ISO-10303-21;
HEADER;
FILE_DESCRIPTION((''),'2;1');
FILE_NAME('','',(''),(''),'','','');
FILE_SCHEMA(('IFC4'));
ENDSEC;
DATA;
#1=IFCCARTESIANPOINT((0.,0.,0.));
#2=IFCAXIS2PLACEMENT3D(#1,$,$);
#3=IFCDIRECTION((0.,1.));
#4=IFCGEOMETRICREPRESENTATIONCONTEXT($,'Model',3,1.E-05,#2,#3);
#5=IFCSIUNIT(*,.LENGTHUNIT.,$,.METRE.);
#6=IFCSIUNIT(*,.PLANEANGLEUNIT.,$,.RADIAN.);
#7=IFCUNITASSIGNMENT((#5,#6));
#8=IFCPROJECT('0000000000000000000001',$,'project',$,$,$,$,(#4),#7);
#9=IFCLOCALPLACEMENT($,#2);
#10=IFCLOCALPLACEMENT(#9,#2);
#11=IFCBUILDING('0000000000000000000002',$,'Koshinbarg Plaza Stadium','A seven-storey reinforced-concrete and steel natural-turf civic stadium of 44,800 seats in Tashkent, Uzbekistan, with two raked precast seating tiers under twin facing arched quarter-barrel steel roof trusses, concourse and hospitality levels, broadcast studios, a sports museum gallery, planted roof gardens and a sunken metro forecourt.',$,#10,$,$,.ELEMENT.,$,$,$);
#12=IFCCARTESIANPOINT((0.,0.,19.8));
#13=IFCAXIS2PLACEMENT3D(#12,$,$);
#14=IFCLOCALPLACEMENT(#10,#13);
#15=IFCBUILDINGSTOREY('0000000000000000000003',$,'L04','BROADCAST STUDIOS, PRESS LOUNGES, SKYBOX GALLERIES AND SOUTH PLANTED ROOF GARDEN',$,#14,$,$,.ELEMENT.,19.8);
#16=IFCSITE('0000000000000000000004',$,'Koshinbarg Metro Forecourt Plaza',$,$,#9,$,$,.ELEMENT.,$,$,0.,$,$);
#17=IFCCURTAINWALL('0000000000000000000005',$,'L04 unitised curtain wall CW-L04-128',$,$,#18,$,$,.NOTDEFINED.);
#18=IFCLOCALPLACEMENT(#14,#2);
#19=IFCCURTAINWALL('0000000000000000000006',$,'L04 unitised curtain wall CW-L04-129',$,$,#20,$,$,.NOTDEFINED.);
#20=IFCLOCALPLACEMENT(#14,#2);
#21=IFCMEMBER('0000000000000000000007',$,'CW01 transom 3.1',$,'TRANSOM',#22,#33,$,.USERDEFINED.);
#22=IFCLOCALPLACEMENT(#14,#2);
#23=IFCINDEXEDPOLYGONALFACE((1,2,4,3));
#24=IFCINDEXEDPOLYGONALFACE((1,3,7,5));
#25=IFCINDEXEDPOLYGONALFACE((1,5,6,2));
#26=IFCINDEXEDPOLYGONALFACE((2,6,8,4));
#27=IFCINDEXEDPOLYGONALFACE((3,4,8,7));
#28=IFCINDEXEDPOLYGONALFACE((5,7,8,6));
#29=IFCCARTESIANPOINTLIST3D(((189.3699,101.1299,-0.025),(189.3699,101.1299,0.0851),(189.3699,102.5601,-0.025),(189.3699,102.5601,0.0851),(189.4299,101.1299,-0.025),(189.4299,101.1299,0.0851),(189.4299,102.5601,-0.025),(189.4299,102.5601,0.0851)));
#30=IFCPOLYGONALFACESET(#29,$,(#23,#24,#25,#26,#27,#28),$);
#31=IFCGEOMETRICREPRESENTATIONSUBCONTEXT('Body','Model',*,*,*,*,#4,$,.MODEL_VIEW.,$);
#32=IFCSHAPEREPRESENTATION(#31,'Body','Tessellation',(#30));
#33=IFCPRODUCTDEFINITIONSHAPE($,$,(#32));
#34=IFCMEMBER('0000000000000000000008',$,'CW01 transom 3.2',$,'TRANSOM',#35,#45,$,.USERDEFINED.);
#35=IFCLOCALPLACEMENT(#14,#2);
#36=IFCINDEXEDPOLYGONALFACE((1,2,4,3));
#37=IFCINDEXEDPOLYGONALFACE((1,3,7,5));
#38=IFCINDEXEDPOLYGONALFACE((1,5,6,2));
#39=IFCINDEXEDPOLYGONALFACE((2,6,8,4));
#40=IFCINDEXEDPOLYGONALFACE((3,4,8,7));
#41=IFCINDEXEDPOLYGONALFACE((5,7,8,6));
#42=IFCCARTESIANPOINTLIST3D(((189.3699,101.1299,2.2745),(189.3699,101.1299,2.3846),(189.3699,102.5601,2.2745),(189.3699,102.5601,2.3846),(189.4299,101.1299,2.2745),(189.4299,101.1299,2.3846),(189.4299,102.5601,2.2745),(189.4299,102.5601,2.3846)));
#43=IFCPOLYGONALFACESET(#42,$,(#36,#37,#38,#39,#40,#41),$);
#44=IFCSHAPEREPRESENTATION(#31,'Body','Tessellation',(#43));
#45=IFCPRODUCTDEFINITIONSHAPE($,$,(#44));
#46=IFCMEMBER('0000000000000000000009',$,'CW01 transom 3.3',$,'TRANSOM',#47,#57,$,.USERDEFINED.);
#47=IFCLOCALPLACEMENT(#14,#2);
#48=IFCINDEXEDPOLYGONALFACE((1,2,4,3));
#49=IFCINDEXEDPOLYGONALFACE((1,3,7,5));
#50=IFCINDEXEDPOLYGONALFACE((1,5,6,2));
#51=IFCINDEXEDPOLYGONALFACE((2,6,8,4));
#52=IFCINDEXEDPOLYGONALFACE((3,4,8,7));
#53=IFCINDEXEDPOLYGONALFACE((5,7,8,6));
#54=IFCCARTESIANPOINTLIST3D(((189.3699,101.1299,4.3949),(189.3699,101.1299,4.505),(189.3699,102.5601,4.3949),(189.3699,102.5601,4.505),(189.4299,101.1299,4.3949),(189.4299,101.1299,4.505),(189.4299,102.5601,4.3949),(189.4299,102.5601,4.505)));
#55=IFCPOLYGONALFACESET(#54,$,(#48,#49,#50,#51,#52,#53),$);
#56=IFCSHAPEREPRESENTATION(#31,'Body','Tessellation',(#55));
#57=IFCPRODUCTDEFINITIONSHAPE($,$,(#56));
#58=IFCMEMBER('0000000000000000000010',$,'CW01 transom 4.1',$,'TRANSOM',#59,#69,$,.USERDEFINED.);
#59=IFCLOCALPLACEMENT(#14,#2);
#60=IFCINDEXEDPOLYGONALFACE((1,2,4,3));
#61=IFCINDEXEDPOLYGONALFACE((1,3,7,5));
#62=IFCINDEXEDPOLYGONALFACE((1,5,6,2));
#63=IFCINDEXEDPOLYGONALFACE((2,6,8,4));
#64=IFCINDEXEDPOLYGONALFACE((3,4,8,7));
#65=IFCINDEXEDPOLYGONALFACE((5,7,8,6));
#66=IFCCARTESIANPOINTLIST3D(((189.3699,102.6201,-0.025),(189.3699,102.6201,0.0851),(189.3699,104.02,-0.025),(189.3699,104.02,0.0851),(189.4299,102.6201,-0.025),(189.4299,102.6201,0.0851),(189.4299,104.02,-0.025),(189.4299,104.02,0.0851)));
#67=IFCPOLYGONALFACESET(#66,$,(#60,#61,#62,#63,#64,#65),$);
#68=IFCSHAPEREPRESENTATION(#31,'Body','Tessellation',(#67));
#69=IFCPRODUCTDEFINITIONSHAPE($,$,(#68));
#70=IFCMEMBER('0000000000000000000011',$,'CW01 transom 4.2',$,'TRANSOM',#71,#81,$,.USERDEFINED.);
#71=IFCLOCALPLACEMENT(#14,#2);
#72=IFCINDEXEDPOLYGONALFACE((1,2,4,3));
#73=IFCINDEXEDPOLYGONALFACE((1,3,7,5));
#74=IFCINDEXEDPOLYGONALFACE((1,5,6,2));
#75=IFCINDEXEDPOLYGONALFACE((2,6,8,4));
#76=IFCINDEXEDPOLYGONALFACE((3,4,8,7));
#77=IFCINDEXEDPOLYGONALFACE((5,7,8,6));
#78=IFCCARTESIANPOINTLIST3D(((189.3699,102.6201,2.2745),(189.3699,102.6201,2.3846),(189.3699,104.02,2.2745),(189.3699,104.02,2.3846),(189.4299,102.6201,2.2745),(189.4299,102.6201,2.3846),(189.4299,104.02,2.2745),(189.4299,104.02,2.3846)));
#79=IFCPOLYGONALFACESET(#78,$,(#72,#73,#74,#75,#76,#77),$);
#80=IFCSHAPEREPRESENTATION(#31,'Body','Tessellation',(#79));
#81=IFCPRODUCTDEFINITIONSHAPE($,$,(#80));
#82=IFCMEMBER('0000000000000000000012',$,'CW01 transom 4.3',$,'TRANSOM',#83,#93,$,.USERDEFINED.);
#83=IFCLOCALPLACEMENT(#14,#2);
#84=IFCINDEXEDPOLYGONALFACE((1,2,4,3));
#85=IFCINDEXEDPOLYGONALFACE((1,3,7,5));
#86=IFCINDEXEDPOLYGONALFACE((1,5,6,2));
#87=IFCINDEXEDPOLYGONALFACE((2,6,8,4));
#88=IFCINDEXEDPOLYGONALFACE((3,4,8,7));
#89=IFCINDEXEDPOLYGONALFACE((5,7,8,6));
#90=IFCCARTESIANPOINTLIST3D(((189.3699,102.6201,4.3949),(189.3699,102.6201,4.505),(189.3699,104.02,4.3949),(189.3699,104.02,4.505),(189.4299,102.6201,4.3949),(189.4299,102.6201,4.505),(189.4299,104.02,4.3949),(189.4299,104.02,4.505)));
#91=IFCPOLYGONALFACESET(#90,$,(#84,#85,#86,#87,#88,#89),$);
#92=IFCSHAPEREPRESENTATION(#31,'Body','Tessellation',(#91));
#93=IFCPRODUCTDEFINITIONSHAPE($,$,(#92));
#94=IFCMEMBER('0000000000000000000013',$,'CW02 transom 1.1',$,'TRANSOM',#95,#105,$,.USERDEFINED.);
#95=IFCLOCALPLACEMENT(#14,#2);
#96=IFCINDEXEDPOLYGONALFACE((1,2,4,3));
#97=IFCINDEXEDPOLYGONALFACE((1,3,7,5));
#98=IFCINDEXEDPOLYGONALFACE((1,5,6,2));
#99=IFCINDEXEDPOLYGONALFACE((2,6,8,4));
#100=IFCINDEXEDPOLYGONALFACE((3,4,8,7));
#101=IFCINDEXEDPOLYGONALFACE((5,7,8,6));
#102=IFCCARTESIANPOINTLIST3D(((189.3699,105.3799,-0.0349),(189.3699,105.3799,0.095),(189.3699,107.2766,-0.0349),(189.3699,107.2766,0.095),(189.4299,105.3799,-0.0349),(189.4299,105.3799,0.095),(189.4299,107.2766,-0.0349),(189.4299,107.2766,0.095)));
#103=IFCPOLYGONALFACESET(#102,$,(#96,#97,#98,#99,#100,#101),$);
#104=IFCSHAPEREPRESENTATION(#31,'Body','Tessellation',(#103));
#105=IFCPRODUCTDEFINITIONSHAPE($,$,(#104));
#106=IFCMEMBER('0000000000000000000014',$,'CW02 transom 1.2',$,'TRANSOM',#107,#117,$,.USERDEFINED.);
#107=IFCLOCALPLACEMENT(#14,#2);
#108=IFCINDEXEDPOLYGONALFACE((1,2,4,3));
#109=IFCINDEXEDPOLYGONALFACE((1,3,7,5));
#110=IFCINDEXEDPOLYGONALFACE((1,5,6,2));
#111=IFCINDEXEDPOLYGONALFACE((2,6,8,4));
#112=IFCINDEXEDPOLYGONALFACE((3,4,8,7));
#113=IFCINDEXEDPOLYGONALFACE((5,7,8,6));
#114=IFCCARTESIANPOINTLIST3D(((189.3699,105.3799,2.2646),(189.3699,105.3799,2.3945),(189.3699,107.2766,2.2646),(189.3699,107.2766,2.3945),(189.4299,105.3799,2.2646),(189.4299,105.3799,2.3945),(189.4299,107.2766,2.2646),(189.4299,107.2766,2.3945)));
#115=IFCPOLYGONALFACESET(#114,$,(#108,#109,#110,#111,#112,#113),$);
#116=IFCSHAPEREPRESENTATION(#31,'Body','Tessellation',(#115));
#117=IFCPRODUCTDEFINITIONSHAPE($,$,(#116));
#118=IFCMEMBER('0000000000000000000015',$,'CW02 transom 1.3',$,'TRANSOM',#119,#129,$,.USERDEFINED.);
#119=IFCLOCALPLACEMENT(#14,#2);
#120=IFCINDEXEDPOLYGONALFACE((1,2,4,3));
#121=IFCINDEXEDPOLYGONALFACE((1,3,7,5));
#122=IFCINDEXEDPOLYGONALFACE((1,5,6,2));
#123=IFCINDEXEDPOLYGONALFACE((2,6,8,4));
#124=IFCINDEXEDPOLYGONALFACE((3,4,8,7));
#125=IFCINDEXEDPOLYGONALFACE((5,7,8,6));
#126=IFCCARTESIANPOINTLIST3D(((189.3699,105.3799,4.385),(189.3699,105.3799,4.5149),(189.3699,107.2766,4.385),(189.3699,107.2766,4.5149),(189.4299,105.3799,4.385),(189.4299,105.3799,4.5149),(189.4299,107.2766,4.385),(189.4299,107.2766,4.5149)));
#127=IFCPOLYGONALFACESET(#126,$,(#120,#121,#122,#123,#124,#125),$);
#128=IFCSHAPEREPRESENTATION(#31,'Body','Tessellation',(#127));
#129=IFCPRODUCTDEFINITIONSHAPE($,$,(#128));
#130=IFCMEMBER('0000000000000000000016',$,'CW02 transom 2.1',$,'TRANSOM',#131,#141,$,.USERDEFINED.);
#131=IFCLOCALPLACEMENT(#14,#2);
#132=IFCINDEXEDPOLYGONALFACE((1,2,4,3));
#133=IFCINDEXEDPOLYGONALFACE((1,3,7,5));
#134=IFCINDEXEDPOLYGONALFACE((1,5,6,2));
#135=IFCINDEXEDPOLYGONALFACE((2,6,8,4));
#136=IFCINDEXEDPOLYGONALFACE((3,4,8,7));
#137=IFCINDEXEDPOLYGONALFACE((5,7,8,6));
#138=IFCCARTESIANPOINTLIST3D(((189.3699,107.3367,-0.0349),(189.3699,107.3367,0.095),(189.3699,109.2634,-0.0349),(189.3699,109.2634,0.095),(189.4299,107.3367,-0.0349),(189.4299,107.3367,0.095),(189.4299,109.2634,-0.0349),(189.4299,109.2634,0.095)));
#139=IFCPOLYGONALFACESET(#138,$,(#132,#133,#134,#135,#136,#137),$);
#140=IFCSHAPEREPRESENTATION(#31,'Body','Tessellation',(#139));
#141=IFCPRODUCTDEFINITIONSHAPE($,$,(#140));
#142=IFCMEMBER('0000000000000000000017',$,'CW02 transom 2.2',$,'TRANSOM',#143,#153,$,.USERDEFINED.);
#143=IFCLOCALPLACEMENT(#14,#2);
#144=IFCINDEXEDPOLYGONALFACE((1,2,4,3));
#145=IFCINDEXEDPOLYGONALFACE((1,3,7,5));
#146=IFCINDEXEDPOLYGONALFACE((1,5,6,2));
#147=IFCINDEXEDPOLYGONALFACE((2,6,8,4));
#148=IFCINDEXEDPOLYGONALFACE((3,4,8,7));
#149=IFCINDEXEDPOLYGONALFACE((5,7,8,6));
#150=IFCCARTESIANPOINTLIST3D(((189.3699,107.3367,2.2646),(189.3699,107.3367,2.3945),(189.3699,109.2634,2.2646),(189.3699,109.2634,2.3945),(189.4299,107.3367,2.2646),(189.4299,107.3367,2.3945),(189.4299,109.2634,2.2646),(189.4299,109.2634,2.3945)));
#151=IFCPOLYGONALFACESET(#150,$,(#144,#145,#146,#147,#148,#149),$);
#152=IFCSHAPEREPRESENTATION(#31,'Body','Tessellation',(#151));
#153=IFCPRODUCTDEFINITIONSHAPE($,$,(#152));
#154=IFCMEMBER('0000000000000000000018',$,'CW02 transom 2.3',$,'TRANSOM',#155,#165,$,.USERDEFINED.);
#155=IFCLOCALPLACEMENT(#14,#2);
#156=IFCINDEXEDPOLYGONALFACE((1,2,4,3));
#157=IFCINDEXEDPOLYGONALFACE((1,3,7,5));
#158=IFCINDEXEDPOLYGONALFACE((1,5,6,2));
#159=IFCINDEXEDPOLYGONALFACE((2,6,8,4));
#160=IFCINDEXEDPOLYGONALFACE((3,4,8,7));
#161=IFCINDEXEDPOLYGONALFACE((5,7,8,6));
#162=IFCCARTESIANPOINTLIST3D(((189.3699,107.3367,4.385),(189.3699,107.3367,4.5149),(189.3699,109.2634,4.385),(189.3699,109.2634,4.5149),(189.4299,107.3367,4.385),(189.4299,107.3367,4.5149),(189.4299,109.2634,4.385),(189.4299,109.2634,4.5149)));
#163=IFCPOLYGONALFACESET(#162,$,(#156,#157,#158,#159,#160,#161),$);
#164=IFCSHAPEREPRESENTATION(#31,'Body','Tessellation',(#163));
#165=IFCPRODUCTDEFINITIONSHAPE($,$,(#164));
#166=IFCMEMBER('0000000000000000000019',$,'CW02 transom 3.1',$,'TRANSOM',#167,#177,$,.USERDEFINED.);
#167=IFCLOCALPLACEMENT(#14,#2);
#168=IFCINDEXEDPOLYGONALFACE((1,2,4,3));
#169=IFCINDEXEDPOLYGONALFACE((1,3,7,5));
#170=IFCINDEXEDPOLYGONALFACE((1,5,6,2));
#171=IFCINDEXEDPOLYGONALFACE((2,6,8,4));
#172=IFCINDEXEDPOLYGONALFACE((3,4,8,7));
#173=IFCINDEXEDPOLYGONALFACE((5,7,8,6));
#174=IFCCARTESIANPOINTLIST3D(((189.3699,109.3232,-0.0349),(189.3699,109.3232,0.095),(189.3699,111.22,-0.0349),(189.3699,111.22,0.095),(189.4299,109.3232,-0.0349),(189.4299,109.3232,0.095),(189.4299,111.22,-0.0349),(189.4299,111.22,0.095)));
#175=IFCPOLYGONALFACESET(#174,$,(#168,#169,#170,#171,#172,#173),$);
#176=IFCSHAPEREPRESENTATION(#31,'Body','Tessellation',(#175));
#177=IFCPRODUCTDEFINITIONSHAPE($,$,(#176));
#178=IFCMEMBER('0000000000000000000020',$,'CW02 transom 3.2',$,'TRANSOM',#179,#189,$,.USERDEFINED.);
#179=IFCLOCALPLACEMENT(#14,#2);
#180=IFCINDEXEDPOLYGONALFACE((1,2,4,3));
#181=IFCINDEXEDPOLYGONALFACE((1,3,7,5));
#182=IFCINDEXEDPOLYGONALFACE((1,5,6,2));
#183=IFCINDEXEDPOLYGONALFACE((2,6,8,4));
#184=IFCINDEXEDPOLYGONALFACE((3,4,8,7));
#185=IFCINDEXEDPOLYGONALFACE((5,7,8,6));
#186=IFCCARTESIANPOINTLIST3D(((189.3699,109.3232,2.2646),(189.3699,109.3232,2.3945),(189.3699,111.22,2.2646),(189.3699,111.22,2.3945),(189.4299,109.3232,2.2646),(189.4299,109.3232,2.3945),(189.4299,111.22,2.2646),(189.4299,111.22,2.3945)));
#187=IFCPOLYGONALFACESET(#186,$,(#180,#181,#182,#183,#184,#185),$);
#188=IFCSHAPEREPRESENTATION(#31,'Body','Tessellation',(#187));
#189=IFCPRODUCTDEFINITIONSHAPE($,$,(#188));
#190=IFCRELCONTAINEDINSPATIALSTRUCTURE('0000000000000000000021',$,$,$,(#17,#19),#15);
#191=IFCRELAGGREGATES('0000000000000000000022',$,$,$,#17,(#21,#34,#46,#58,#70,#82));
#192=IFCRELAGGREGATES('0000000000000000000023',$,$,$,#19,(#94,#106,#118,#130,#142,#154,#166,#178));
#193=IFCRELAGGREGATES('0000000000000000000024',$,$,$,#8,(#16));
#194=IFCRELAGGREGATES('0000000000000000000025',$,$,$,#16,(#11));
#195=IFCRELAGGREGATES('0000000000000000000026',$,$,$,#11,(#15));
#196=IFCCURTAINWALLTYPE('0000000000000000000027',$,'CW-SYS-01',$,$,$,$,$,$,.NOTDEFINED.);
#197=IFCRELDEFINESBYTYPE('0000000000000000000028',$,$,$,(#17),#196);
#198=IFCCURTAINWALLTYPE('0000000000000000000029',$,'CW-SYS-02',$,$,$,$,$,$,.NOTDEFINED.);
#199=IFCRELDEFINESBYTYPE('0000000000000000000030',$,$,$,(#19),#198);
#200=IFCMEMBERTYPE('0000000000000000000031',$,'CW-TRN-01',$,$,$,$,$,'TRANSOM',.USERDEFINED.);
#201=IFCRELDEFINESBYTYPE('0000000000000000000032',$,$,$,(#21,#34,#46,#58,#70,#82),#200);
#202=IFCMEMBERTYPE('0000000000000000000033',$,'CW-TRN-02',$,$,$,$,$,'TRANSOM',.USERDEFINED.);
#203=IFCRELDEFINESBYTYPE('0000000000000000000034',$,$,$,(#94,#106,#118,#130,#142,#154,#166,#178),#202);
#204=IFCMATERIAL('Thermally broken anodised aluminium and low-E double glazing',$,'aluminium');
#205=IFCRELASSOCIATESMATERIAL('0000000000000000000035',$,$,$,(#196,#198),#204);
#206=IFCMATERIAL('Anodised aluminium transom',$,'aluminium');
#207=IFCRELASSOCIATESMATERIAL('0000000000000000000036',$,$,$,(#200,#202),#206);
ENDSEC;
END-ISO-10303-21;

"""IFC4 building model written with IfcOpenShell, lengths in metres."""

from ifc_helpers import new_model, si_unit, direction, frame, origin, origin_2d, place, context, subcontext, project, spatial, rectangle, extrude, material, material_profile, profile_set, type_object, element, aggregate, save


model = new_model("IFC4")

# Units and contexts
model_context = context("Model", 3, precision=1e-05, world=origin(), true_north=direction((0.0, 1.0)))
body_context = subcontext(model_context, "Body", "Model", "MODEL_VIEW")
ifc_project = project(units=[si_unit("LENGTHUNIT", "METRE"), si_unit("PLANEANGLEUNIT", "RADIAN")], contexts=[model_context])

# Site, building, storey
site_placement = place(None, origin())
site = spatial("IfcSite", under=ifc_project, at=site_placement, Name="Koshinbarg Metro Forecourt Plaza", CompositionType="ELEMENT", RefElevation=0.0)
building_placement = place(site_placement, origin())
building = spatial("IfcBuilding", under=site, at=building_placement, Name="Koshinbarg Plaza Stadium", Description="A seven-storey reinforced-concrete and steel natural-turf civic stadium of 44,800 seats in Tashkent, Uzbekistan, with two raked precast seating tiers under twin facing arched quarter-barrel steel roof trusses, concourse and hospitality levels, broadcast studios, a sports museum gallery, planted roof gardens and a sunken metro forecourt.", CompositionType="ELEMENT")
storey_placement = place(building_placement, frame((0.0, 0.0, 19.8)))
storey = spatial("IfcBuildingStorey", under=building, at=storey_placement, Name="L04", Description="BROADCAST STUDIOS, PRESS LOUNGES, SKYBOX GALLERIES AND SOUTH PLANTED ROOF GARDEN", CompositionType="ELEMENT", Elevation=19.8)

# Curtain walls
ifc_material_1 = material(Name="Thermally broken anodised aluminium and low-E double glazing", Category="aluminium")
curtain_wall_type_1 = type_object("IfcCurtainWallType", Name="CW-SYS-01", PredefinedType="NOTDEFINED", material=ifc_material_1)
curtain_wall_1_placement = place(storey_placement, origin())
curtain_wall_1 = element("IfcCurtainWall", 1, at=curtain_wall_1_placement, inside=storey, type_object=curtain_wall_type_1, Name="L04 unitised curtain wall CW-L04-128", PredefinedType="NOTDEFINED")
curtain_wall_type_2 = type_object("IfcCurtainWallType", Name="CW-SYS-02", PredefinedType="NOTDEFINED", material=ifc_material_1)
curtain_wall_2_placement = place(storey_placement, origin())
curtain_wall_2 = element("IfcCurtainWall", 2, at=curtain_wall_2_placement, inside=storey, type_object=curtain_wall_type_2, Name="L04 unitised curtain wall CW-L04-129", PredefinedType="NOTDEFINED")

# Members
ifc_material_2 = material(Name="Anodised aluminium transom", Category="aluminium")
ifc_material_profile_1 = material_profile(ifc_material_2, rectangle(XDim=0.0601, YDim=0.1101, at=origin_2d()), Name="ALU 60x110")
ifc_profile_set_1 = profile_set([ifc_material_profile_1], Name="Anodised aluminium transom")
member_type_1 = type_object("IfcMemberType", Name="CW-TRN-01", ElementType="TRANSOM", PredefinedType="USERDEFINED", material=ifc_profile_set_1)
member_1_placement = place(storey_placement, frame((189.3999, 101.1299, 0.03), z_axis=(0.0, 1.0, 0.0), x_axis=(-1.0, 0.0, 0.0)))
member_1 = element("IfcMember", 3, at=member_1_placement, type_object=member_type_1, Name="CW01 transom 3.1", ObjectType="TRANSOM", PredefinedType="USERDEFINED", context=body_context, shape_type="SweptSolid", body=[
    extrude(rectangle(XDim=0.0601, YDim=0.1101, at=origin_2d()), origin(), (0.0, 0.0, 1.0), 1.4302),
])
member_2_placement = place(storey_placement, frame((189.3999, 101.1299, 2.3296), z_axis=(0.0, 1.0, 0.0), x_axis=(-1.0, 0.0, 0.0)))
member_2 = element("IfcMember", 4, at=member_2_placement, type_object=member_type_1, Name="CW01 transom 3.2", ObjectType="TRANSOM", PredefinedType="USERDEFINED", context=body_context, shape_type="SweptSolid", body=[
    extrude(rectangle(XDim=0.0601, YDim=0.1101, at=origin_2d()), origin(), (0.0, 0.0, 1.0), 1.4302),
])
member_3_placement = place(storey_placement, frame((189.3999, 101.1299, 4.45), z_axis=(0.0, 1.0, 0.0), x_axis=(-1.0, 0.0, 0.0)))
member_3 = element("IfcMember", 5, at=member_3_placement, type_object=member_type_1, Name="CW01 transom 3.3", ObjectType="TRANSOM", PredefinedType="USERDEFINED", context=body_context, shape_type="SweptSolid", body=[
    extrude(rectangle(XDim=0.0601, YDim=0.1101, at=origin_2d()), origin(), (0.0, 0.0, 1.0), 1.4302),
])
member_4_placement = place(storey_placement, frame((189.3999, 102.6201, 0.03), z_axis=(0.0, 1.0, 0.0), x_axis=(-1.0, 0.0, 0.0)))
member_4 = element("IfcMember", 6, at=member_4_placement, type_object=member_type_1, Name="CW01 transom 4.1", ObjectType="TRANSOM", PredefinedType="USERDEFINED", context=body_context, shape_type="SweptSolid", body=[
    extrude(rectangle(XDim=0.0601, YDim=0.1101, at=origin_2d()), origin(), (0.0, 0.0, 1.0), 1.3999),
])
member_5_placement = place(storey_placement, frame((189.3999, 102.6201, 2.3296), z_axis=(0.0, 1.0, 0.0), x_axis=(-1.0, 0.0, 0.0)))
member_5 = element("IfcMember", 7, at=member_5_placement, type_object=member_type_1, Name="CW01 transom 4.2", ObjectType="TRANSOM", PredefinedType="USERDEFINED", context=body_context, shape_type="SweptSolid", body=[
    extrude(rectangle(XDim=0.0601, YDim=0.1101, at=origin_2d()), origin(), (0.0, 0.0, 1.0), 1.3999),
])
member_6_placement = place(storey_placement, frame((189.3999, 102.6201, 4.45), z_axis=(0.0, 1.0, 0.0), x_axis=(-1.0, 0.0, 0.0)))
member_6 = element("IfcMember", 8, at=member_6_placement, type_object=member_type_1, Name="CW01 transom 4.3", ObjectType="TRANSOM", PredefinedType="USERDEFINED", context=body_context, shape_type="SweptSolid", body=[
    extrude(rectangle(XDim=0.0601, YDim=0.1101, at=origin_2d()), origin(), (0.0, 0.0, 1.0), 1.3999),
])
ifc_material_profile_2 = material_profile(ifc_material_2, rectangle(XDim=0.0601, YDim=0.1299, at=origin_2d()), Name="ALU 60x130")
ifc_profile_set_2 = profile_set([ifc_material_profile_2], Name="Anodised aluminium transom")
member_type_2 = type_object("IfcMemberType", Name="CW-TRN-02", ElementType="TRANSOM", PredefinedType="USERDEFINED", material=ifc_profile_set_2)
member_7_placement = place(storey_placement, frame((189.3999, 105.3799, 0.03), z_axis=(0.0, 1.0, 0.0), x_axis=(-1.0, 0.0, 0.0)))
member_7 = element("IfcMember", 9, at=member_7_placement, type_object=member_type_2, Name="CW02 transom 1.1", ObjectType="TRANSOM", PredefinedType="USERDEFINED", context=body_context, shape_type="SweptSolid", body=[
    extrude(rectangle(XDim=0.0601, YDim=0.1299, at=origin_2d()), origin(), (0.0, 0.0, 1.0), 1.8967),
])
member_8_placement = place(storey_placement, frame((189.3999, 105.3799, 2.3296), z_axis=(0.0, 1.0, 0.0), x_axis=(-1.0, 0.0, 0.0)))
member_8 = element("IfcMember", 10, at=member_8_placement, type_object=member_type_2, Name="CW02 transom 1.2", ObjectType="TRANSOM", PredefinedType="USERDEFINED", context=body_context, shape_type="SweptSolid", body=[
    extrude(rectangle(XDim=0.0601, YDim=0.1299, at=origin_2d()), origin(), (0.0, 0.0, 1.0), 1.8967),
])
member_9_placement = place(storey_placement, frame((189.3999, 105.3799, 4.45), z_axis=(0.0, 1.0, 0.0), x_axis=(-1.0, 0.0, 0.0)))
member_9 = element("IfcMember", 11, at=member_9_placement, type_object=member_type_2, Name="CW02 transom 1.3", ObjectType="TRANSOM", PredefinedType="USERDEFINED", context=body_context, shape_type="SweptSolid", body=[
    extrude(rectangle(XDim=0.0601, YDim=0.1299, at=origin_2d()), origin(), (0.0, 0.0, 1.0), 1.8967),
])
member_10_placement = place(storey_placement, frame((189.3999, 107.3367, 0.03), z_axis=(0.0, 1.0, 0.0), x_axis=(-1.0, 0.0, 0.0)))
member_10 = element("IfcMember", 12, at=member_10_placement, type_object=member_type_2, Name="CW02 transom 2.1", ObjectType="TRANSOM", PredefinedType="USERDEFINED", context=body_context, shape_type="SweptSolid", body=[
    extrude(rectangle(XDim=0.0601, YDim=0.1299, at=origin_2d()), origin(), (0.0, 0.0, 1.0), 1.9268),
])
member_11_placement = place(storey_placement, frame((189.3999, 107.3367, 2.3296), z_axis=(0.0, 1.0, 0.0), x_axis=(-1.0, 0.0, 0.0)))
member_11 = element("IfcMember", 13, at=member_11_placement, type_object=member_type_2, Name="CW02 transom 2.2", ObjectType="TRANSOM", PredefinedType="USERDEFINED", context=body_context, shape_type="SweptSolid", body=[
    extrude(rectangle(XDim=0.0601, YDim=0.1299, at=origin_2d()), origin(), (0.0, 0.0, 1.0), 1.9268),
])
member_12_placement = place(storey_placement, frame((189.3999, 107.3367, 4.45), z_axis=(0.0, 1.0, 0.0), x_axis=(-1.0, 0.0, 0.0)))
member_12 = element("IfcMember", 14, at=member_12_placement, type_object=member_type_2, Name="CW02 transom 2.3", ObjectType="TRANSOM", PredefinedType="USERDEFINED", context=body_context, shape_type="SweptSolid", body=[
    extrude(rectangle(XDim=0.0601, YDim=0.1299, at=origin_2d()), origin(), (0.0, 0.0, 1.0), 1.9268),
])
member_13_placement = place(storey_placement, frame((189.3999, 109.3232, 0.03), z_axis=(0.0, 1.0, 0.0), x_axis=(-1.0, 0.0, 0.0)))
member_13 = element("IfcMember", 15, at=member_13_placement, type_object=member_type_2, Name="CW02 transom 3.1", ObjectType="TRANSOM", PredefinedType="USERDEFINED", context=body_context, shape_type="SweptSolid", body=[
    extrude(rectangle(XDim=0.0601, YDim=0.1299, at=origin_2d()), origin(), (0.0, 0.0, 1.0), 1.8967),
])
member_14_placement = place(storey_placement, frame((189.3999, 109.3232, 2.3296), z_axis=(0.0, 1.0, 0.0), x_axis=(-1.0, 0.0, 0.0)))
member_14 = element("IfcMember", 16, at=member_14_placement, type_object=member_type_2, Name="CW02 transom 3.2", ObjectType="TRANSOM", PredefinedType="USERDEFINED", context=body_context, shape_type="SweptSolid", body=[
    extrude(rectangle(XDim=0.0601, YDim=0.1299, at=origin_2d()), origin(), (0.0, 0.0, 1.0), 1.8967),
])

aggregate(curtain_wall_1, [member_1, member_2, member_3, member_4, member_5, member_6])
aggregate(curtain_wall_2, [member_7, member_8, member_9, member_10, member_11, member_12, member_13, member_14])

save(model, "model.ifc")
